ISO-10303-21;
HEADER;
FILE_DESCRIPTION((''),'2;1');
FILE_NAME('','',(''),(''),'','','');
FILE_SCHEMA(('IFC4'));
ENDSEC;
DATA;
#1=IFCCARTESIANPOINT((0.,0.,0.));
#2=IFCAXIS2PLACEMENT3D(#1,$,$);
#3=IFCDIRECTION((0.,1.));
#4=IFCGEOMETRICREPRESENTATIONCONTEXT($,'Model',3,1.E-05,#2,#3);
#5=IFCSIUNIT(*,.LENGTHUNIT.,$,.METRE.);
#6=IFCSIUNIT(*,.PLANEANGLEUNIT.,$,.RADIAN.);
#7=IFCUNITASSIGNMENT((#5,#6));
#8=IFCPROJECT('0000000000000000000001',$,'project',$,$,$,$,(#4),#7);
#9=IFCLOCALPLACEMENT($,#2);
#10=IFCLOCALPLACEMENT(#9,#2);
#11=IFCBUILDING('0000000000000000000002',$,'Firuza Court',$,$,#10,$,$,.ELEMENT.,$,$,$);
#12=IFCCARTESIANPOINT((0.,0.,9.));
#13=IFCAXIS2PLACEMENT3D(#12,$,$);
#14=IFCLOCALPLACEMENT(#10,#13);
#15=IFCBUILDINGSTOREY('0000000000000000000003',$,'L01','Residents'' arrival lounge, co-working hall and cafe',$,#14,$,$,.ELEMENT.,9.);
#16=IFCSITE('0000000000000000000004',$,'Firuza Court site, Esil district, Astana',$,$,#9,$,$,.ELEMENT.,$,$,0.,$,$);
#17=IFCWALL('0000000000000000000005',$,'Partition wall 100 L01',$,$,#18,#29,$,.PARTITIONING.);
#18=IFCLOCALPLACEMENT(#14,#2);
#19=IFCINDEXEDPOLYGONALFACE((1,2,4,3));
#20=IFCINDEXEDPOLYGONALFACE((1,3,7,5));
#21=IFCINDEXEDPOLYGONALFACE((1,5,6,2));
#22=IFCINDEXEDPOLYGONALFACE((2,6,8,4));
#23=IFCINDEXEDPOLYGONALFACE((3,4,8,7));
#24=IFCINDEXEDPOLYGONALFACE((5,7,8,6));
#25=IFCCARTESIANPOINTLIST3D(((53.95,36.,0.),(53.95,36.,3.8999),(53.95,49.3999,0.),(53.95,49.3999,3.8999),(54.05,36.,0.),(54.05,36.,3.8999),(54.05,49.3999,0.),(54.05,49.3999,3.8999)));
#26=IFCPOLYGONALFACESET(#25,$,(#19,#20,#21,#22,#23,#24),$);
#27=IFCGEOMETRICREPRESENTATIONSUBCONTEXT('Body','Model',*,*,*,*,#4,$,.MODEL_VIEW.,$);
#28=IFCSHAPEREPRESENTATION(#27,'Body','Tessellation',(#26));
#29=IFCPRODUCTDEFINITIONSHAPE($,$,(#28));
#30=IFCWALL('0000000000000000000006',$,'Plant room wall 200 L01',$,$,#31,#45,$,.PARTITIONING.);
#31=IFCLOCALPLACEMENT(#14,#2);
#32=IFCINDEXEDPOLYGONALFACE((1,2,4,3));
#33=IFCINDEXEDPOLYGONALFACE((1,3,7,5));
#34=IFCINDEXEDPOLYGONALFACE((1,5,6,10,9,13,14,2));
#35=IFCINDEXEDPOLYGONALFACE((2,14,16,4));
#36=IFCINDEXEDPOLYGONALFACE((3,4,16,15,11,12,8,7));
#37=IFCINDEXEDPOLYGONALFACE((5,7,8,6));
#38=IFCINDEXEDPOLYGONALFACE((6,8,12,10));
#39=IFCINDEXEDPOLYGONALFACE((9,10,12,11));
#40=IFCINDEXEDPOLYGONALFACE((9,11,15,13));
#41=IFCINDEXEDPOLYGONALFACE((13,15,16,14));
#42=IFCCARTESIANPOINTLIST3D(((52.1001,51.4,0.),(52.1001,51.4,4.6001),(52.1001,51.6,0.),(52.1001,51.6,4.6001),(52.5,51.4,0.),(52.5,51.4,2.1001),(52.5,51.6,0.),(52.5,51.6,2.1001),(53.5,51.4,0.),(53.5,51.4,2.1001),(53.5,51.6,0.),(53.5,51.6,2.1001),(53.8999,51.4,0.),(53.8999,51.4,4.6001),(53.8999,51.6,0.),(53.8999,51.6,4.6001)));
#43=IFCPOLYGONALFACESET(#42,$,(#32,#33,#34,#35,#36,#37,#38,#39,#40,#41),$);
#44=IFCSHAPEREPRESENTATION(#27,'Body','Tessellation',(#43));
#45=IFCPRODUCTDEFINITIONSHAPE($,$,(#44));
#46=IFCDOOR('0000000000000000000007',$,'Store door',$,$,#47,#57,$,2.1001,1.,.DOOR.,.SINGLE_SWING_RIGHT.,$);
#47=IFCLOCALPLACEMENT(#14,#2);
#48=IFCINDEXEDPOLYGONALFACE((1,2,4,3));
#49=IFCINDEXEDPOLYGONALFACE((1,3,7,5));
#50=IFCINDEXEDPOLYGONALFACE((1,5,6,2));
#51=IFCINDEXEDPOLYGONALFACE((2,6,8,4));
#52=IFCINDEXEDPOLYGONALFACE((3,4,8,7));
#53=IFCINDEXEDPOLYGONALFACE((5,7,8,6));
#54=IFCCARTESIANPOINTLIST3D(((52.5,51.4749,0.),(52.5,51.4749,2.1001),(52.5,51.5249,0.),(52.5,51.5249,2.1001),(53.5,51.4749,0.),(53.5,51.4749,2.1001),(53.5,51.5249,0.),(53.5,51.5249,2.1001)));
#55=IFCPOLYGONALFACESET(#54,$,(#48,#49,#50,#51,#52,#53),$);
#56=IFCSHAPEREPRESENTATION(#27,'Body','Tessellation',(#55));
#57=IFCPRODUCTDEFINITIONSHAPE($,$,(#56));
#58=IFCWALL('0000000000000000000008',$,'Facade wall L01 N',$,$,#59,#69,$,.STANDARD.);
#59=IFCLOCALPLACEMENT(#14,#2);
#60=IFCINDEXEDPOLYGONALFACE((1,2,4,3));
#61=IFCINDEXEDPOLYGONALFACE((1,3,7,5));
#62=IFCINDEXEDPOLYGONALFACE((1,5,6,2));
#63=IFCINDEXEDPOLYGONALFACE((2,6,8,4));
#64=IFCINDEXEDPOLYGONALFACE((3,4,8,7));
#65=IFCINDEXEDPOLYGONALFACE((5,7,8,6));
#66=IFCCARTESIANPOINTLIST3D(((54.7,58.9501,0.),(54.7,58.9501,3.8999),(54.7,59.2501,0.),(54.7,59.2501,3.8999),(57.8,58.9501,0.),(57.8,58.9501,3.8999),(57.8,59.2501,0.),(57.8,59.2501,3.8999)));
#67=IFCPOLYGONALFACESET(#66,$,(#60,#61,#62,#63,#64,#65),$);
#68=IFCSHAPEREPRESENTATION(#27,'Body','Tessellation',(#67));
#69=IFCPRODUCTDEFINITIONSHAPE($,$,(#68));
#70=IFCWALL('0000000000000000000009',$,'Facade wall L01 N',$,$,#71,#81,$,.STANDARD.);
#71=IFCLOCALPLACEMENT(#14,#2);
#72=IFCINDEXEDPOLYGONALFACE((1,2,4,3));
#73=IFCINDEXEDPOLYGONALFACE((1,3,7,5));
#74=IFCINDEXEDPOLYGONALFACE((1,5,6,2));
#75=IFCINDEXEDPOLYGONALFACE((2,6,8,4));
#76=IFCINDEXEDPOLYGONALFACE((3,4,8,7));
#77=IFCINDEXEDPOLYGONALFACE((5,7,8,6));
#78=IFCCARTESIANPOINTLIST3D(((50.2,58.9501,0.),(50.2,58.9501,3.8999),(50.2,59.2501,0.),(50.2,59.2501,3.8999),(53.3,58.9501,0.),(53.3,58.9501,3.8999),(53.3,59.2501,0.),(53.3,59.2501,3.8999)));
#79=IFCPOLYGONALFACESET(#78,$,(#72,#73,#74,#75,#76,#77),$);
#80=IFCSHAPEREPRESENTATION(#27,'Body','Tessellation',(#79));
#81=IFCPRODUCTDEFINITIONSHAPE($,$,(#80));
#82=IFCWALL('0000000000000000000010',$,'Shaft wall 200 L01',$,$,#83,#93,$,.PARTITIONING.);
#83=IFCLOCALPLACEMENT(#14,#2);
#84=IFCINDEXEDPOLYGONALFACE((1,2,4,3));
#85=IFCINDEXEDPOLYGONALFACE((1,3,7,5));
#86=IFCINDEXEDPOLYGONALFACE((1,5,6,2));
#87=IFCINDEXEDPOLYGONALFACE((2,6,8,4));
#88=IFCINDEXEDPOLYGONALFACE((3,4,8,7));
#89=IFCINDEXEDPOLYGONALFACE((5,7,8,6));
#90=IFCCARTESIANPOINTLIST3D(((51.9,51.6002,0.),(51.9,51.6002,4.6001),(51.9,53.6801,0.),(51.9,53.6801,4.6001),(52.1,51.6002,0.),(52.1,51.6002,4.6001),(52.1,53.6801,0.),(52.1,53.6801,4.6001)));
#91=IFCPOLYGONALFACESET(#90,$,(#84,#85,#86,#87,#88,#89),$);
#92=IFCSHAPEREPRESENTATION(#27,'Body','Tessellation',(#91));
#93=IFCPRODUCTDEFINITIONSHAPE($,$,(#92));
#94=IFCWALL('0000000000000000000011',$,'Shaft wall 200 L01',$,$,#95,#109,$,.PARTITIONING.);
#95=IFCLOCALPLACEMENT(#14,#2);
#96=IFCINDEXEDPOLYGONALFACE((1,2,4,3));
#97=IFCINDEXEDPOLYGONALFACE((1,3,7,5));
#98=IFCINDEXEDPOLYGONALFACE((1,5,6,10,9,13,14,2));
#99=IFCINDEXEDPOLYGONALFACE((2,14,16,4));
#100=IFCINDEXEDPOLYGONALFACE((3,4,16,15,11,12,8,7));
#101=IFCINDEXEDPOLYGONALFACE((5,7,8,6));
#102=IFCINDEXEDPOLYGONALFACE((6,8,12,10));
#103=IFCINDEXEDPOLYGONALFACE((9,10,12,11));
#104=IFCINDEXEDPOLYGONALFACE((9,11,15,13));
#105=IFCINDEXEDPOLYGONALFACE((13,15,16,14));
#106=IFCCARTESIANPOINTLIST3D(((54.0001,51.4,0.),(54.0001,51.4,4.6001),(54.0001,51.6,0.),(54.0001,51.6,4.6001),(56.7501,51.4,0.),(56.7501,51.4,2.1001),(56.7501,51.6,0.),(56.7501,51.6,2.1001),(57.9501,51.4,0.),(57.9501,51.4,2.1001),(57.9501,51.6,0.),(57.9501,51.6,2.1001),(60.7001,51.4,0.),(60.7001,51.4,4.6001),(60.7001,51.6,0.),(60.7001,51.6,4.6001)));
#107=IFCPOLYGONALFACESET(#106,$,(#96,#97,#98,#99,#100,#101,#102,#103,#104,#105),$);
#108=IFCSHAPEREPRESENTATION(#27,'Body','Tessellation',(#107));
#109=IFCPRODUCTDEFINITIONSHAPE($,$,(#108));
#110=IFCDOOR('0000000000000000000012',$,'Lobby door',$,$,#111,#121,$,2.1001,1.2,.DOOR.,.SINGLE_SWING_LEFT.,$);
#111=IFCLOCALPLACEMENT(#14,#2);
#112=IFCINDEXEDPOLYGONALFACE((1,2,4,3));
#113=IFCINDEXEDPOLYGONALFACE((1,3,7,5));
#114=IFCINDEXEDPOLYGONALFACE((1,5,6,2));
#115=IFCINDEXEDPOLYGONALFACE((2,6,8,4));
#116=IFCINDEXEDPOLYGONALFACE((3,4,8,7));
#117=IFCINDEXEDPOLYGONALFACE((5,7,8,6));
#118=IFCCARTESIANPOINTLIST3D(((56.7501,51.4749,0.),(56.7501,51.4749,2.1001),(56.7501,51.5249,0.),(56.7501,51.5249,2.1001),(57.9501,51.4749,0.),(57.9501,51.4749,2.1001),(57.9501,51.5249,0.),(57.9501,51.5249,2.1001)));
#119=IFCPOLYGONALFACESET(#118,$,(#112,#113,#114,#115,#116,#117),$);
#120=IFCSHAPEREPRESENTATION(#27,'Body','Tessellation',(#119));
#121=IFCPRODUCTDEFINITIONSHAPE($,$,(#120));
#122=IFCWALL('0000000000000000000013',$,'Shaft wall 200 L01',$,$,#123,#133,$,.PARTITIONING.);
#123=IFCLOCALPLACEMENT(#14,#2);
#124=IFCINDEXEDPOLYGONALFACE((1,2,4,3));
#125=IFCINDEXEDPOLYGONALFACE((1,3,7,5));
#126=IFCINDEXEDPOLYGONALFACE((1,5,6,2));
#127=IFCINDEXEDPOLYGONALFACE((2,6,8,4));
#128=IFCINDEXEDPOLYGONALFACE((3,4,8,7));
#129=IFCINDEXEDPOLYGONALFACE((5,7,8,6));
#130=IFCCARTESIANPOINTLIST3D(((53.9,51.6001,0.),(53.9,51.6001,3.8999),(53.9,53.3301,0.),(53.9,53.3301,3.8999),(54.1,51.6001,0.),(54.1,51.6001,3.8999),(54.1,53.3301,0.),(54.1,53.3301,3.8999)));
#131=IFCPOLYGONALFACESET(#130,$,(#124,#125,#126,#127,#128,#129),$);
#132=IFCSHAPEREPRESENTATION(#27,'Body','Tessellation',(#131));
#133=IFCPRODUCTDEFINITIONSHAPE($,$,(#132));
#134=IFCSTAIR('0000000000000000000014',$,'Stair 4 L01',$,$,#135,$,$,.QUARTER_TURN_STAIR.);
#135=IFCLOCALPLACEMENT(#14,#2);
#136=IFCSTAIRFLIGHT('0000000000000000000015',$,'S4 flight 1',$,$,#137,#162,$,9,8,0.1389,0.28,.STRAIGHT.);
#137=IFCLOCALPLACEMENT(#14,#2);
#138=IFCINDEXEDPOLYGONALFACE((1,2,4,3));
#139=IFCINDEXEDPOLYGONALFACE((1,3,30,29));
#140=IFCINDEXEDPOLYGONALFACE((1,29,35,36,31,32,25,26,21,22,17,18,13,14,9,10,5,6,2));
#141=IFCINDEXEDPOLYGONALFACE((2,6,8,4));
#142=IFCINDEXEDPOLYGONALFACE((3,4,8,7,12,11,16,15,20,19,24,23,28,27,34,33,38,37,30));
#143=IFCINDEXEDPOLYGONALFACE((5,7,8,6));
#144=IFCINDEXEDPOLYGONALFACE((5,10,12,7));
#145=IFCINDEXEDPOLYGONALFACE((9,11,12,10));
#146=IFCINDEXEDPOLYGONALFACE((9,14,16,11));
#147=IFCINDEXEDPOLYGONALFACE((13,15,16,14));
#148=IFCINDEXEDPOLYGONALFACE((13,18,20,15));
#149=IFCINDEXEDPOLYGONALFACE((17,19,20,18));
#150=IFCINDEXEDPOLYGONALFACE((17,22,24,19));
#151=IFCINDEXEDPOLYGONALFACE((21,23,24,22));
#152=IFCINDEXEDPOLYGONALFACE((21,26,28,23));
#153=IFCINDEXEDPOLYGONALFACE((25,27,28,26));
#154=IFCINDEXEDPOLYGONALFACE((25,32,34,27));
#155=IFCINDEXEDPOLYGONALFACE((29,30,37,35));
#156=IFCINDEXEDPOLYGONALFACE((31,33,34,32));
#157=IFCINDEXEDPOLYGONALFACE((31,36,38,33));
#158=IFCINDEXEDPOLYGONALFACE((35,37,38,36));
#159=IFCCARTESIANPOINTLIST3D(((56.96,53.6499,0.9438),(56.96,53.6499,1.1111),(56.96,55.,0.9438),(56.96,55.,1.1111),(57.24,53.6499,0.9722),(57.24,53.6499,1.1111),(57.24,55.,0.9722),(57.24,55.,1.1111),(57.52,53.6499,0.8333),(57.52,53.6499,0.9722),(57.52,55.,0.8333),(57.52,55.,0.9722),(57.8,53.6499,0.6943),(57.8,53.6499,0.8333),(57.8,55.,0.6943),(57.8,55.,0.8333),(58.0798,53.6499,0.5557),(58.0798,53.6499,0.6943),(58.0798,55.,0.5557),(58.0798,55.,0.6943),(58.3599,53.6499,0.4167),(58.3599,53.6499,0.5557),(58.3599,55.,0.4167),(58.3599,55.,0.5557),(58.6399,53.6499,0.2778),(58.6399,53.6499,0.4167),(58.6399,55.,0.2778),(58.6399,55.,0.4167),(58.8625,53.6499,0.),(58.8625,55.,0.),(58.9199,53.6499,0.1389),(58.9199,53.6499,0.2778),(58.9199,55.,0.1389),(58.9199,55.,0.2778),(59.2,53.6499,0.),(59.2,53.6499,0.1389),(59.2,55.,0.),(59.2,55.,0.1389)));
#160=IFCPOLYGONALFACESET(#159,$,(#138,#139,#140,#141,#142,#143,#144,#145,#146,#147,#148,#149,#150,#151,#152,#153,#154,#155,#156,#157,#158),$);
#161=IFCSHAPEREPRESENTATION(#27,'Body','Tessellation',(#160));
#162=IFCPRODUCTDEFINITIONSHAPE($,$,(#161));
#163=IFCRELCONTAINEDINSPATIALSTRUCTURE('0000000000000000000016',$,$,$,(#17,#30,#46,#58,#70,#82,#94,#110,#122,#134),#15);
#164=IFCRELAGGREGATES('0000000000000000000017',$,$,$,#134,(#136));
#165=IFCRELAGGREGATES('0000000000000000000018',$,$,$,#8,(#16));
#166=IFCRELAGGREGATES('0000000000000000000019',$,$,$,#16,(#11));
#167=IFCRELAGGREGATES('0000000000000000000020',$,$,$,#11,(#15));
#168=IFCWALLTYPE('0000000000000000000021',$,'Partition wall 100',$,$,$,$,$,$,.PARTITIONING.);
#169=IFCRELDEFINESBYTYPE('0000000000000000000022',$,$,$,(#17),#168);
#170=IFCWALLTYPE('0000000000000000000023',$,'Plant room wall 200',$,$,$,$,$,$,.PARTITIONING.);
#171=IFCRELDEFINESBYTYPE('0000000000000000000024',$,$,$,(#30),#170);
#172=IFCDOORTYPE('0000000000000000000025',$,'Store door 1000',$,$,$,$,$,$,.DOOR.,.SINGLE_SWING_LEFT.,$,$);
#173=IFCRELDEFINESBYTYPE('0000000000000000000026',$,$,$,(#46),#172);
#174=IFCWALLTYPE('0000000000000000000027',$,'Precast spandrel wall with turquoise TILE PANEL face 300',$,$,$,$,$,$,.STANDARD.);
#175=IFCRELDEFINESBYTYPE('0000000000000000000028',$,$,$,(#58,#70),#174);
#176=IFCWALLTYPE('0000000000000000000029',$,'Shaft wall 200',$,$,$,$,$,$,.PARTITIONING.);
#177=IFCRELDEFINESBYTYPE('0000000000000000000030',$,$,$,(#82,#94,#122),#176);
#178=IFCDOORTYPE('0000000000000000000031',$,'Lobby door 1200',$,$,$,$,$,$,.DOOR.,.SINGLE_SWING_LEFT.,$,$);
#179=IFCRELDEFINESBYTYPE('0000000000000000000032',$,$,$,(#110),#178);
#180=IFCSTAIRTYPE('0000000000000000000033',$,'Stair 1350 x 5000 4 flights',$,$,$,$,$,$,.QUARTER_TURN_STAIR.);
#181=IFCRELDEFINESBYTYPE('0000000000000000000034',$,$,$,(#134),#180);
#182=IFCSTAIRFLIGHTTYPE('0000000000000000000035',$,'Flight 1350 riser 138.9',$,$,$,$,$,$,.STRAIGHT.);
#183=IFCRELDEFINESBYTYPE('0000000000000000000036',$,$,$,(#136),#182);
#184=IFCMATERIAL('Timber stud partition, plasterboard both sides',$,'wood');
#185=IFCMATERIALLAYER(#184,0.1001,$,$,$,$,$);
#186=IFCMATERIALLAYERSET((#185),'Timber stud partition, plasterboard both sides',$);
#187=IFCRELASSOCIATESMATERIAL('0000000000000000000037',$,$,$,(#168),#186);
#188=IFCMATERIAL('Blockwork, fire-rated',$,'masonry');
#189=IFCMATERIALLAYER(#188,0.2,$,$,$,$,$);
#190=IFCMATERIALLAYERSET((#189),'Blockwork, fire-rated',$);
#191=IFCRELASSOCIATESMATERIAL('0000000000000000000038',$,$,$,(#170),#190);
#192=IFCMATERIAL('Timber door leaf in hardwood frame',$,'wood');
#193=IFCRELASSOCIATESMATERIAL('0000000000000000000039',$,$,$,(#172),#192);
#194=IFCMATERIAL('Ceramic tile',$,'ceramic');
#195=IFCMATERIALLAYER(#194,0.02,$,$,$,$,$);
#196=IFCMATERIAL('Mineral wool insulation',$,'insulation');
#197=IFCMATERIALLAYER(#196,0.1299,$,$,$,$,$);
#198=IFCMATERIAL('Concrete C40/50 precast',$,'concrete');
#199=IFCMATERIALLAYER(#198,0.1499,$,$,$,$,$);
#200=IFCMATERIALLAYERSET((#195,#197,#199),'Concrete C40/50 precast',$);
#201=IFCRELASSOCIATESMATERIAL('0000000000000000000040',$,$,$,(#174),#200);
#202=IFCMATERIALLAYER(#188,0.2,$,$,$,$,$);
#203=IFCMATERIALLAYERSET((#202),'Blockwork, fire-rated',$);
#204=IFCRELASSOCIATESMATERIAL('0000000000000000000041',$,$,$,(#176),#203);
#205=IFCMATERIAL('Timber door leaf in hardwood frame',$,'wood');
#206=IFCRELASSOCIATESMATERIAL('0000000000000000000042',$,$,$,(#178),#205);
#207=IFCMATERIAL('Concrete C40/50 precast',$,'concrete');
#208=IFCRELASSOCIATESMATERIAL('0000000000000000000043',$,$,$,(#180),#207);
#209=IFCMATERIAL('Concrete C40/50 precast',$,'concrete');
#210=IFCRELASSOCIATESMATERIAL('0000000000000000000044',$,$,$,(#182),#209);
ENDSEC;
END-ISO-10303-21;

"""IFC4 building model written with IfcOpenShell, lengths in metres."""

from ifc_helpers import new_model, si_unit, direction, frame, frame_2d, origin, place, context, subcontext, project, spatial, polyline, rectangle, outline, extrude, material, layer, layer_set, type_object, element, fill, aggregate, save


model = new_model("IFC4")

# Units and contexts
model_context = context("Model", 3, precision=1e-05, world=origin(), true_north=direction((0.0, 1.0)))
body_context = subcontext(model_context, "Body", "Model", "MODEL_VIEW")
ifc_project = project(units=[si_unit("LENGTHUNIT", "METRE"), si_unit("PLANEANGLEUNIT", "RADIAN")], contexts=[model_context])

# Site, building, storey
site_placement = place(None, origin())
site = spatial("IfcSite", under=ifc_project, at=site_placement, Name="Firuza Court site, Esil district, Astana", CompositionType="ELEMENT", RefElevation=0.0)
building_placement = place(site_placement, origin())
building = spatial("IfcBuilding", under=site, at=building_placement, Name="Firuza Court", CompositionType="ELEMENT")
storey_placement = place(building_placement, frame((0.0, 0.0, 9.0)))
storey = spatial("IfcBuildingStorey", under=building, at=storey_placement, Name="L01", Description="Residents' arrival lounge, co-working hall and cafe", CompositionType="ELEMENT", Elevation=9.0)

# Wall
ifc_material_1 = material(Name="Timber stud partition, plasterboard both sides", Category="wood")
ifc_layer_1 = layer(ifc_material_1, 0.1001)
ifc_layer_set_1 = layer_set([ifc_layer_1], Name="Timber stud partition, plasterboard both sides")
wall_type_1 = type_object("IfcWallType", Name="Partition wall 100", PredefinedType="PARTITIONING", material=ifc_layer_set_1)
wall_1_placement = place(storey_placement, frame((54.0, 49.3999, 0.0), z_axis=(0.0, 0.0, 1.0), x_axis=(0.0, -1.0, 0.0)))
element("IfcWall", 1, at=wall_1_placement, inside=storey, type_object=wall_type_1, Name="Partition wall 100 L01", PredefinedType="PARTITIONING", context=body_context, shape_type="SweptSolid", body=[
    extrude(rectangle(XDim=13.3999, YDim=0.1001, at=frame_2d((6.7, 0.0))), origin(), (0.0, 0.0, 1.0), 3.8999),
])

# Wall, opening, door
ifc_material_2 = material(Name="Blockwork, fire-rated", Category="masonry")
ifc_layer_2 = layer(ifc_material_2, 0.2)
ifc_layer_set_2 = layer_set([ifc_layer_2], Name="Blockwork, fire-rated")
wall_type_2 = type_object("IfcWallType", Name="Plant room wall 200", PredefinedType="PARTITIONING", material=ifc_layer_set_2)
wall_2_placement = place(storey_placement, frame((53.8999, 51.5, 0.0), z_axis=(0.0, 0.0, 1.0), x_axis=(-1.0, 0.0, 0.0)))
wall_2 = element("IfcWall", 2, at=wall_2_placement, inside=storey, type_object=wall_type_2, Name="Plant room wall 200 L01", PredefinedType="PARTITIONING", context=body_context, shape_type="SweptSolid", body=[
    extrude(rectangle(XDim=1.7998, YDim=0.2, at=frame_2d((0.8999, 0.0))), origin(), (0.0, 0.0, 1.0), 4.6001),
])
opening_1_placement = place(wall_2_placement, frame((0.3999, 0.0, 0.0)))
opening_1 = element("IfcOpeningElement", 3, at=opening_1_placement, cuts=wall_2, PredefinedType="OPENING", context=body_context, shape_type="SweptSolid", body=[
    extrude(rectangle(XDim=1.0, YDim=2.1001, at=frame_2d((0.5, 1.05))), frame((0.0, 0.1118, 0.0), z_axis=(0.0, -1.0, 0.0), x_axis=(1.0, 0.0, 0.0)), (0.0, 0.0, 1.0), 0.2239),
])
ifc_material_3 = material(Name="Timber door leaf in hardwood frame", Category="wood")
door_type_1 = type_object("IfcDoorType", Name="Store door 1000", OperationType="SINGLE_SWING_LEFT", PredefinedType="DOOR", material=ifc_material_3)
door_1_placement = place(opening_1_placement, frame((1.0, 0.0, 0.0), z_axis=(0.0, 0.0, 1.0), x_axis=(-1.0, 0.0, 0.0)))
door_1 = element("IfcDoor", 4, at=door_1_placement, inside=storey, type_object=door_type_1, Name="Store door", OperationType="SINGLE_SWING_RIGHT", OverallHeight=2.1001, OverallWidth=1.0, PredefinedType="DOOR", context=body_context, shape_type="SweptSolid", body=[
    extrude(rectangle(XDim=1.0, YDim=2.1001, at=frame_2d((0.5, 1.05))), frame((0.0, 0.0249, 0.0), z_axis=(0.0, -1.0, 0.0), x_axis=(1.0, 0.0, 0.0)), (0.0, 0.0, 1.0), 0.05),
])
fill(opening_1, door_1)

# Walls
ifc_material_4 = material(Name="Ceramic tile", Category="ceramic")
ifc_layer_3 = layer(ifc_material_4, 0.02)
ifc_material_5 = material(Name="Mineral wool insulation", Category="insulation")
ifc_layer_4 = layer(ifc_material_5, 0.1299)
ifc_material_6 = material(Name="Concrete C40/50 precast", Category="concrete")
ifc_layer_5 = layer(ifc_material_6, 0.1499)
ifc_layer_set_3 = layer_set([ifc_layer_3, ifc_layer_4, ifc_layer_5], Name="Concrete C40/50 precast")
wall_type_3 = type_object("IfcWallType", Name="Precast spandrel wall with turquoise TILE PANEL face 300", PredefinedType="STANDARD", material=ifc_layer_set_3)
for number, where, z_axis, x_axis, name in (
    (5, (57.8, 59.1001, 0.0), (0.0, 0.0, 1.0), (-1.0, 0.0, 0.0), "Facade wall L01 N"),
    (6, (53.3, 59.1001, 0.0), (0.0, 0.0, 1.0), (-1.0, 0.0, 0.0), "Facade wall L01 N"),
):
    element("IfcWall", number, at=place(storey_placement, frame(where, z_axis=z_axis, x_axis=x_axis)), inside=storey, type_object=wall_type_3, Name=name, PredefinedType="STANDARD", context=body_context, shape_type="SweptSolid", body=[
        extrude(rectangle(XDim=3.1001, YDim=0.3, at=frame_2d((1.55, 0.0))), origin(), (0.0, 0.0, 1.0), 3.8999),
    ])
ifc_layer_6 = layer(ifc_material_2, 0.2)
ifc_layer_set_4 = layer_set([ifc_layer_6], Name="Blockwork, fire-rated")
wall_type_4 = type_object("IfcWallType", Name="Shaft wall 200", PredefinedType="PARTITIONING", material=ifc_layer_set_4)
wall_3_placement = place(storey_placement, frame((52.0, 51.6001, 0.0), z_axis=(0.0, 0.0, 1.0), x_axis=(0.0, 1.0, 0.0)))
element("IfcWall", 7, at=wall_3_placement, inside=storey, type_object=wall_type_4, Name="Shaft wall 200 L01", PredefinedType="PARTITIONING", context=body_context, shape_type="SweptSolid", body=[
    extrude(rectangle(XDim=2.0798, YDim=0.2, at=frame_2d((1.04, 0.0))), origin(), (0.0, 0.0, 1.0), 4.6001),
])

# Wall, opening, door
wall_4_placement = place(storey_placement, frame((54.0, 51.5, 0.0), z_axis=(0.0, 0.0, 1.0), x_axis=(1.0, 0.0, 0.0)))
wall_4 = element("IfcWall", 8, at=wall_4_placement, inside=storey, type_object=wall_type_4, Name="Shaft wall 200 L01", PredefinedType="PARTITIONING", context=body_context, shape_type="SweptSolid", body=[
    extrude(rectangle(XDim=6.7, YDim=0.2, at=frame_2d((3.3501, 0.0))), origin(), (0.0, 0.0, 1.0), 4.6001),
])
opening_2_placement = place(wall_4_placement, frame((2.75, 0.0, 0.0)))
opening_2 = element("IfcOpeningElement", 9, at=opening_2_placement, cuts=wall_4, PredefinedType="OPENING", context=body_context, shape_type="SweptSolid", body=[
    extrude(rectangle(XDim=1.2, YDim=2.1001, at=frame_2d((0.6001, 1.05))), frame((0.0, 0.1118, 0.0), z_axis=(0.0, -1.0, 0.0), x_axis=(1.0, 0.0, 0.0)), (0.0, 0.0, 1.0), 0.2239),
])
ifc_material_7 = material(Name="Timber door leaf in hardwood frame", Category="wood")
door_type_2 = type_object("IfcDoorType", Name="Lobby door 1200", OperationType="SINGLE_SWING_LEFT", PredefinedType="DOOR", material=ifc_material_7)
door_2_placement = place(opening_2_placement, origin())
door_2 = element("IfcDoor", 10, at=door_2_placement, inside=storey, type_object=door_type_2, Name="Lobby door", OperationType="SINGLE_SWING_LEFT", OverallHeight=2.1001, OverallWidth=1.2, PredefinedType="DOOR", context=body_context, shape_type="SweptSolid", body=[
    extrude(rectangle(XDim=1.2, YDim=2.1001, at=frame_2d((0.6001, 1.05))), frame((0.0, 0.0249, 0.0), z_axis=(0.0, -1.0, 0.0), x_axis=(1.0, 0.0, 0.0)), (0.0, 0.0, 1.0), 0.05),
])
fill(opening_2, door_2)

# Wall
wall_5_placement = place(storey_placement, frame((54.0, 51.6001, 0.0), z_axis=(0.0, 0.0, 1.0), x_axis=(0.0, 1.0, 0.0)))
element("IfcWall", 11, at=wall_5_placement, inside=storey, type_object=wall_type_4, Name="Shaft wall 200 L01", PredefinedType="PARTITIONING", context=body_context, shape_type="SweptSolid", body=[
    extrude(rectangle(XDim=1.73, YDim=0.2, at=frame_2d((0.865, 0.0))), origin(), (0.0, 0.0, 1.0), 3.8999),
])

# Stair, stair flight
ifc_material_8 = material(Name="Concrete C40/50 precast", Category="concrete")
stair_type = type_object("IfcStairType", Name="Stair 1350 x 5000 4 flights", PredefinedType="QUARTER_TURN_STAIR", material=ifc_material_8)
stair_placement = place(storey_placement, origin())
stair = element("IfcStair", 12, at=stair_placement, inside=storey, type_object=stair_type, Name="Stair 4 L01", PredefinedType="QUARTER_TURN_STAIR")
ifc_material_9 = material(Name="Concrete C40/50 precast", Category="concrete")
stair_flight_type = type_object("IfcStairFlightType", Name="Flight 1350 riser 138.9", PredefinedType="STRAIGHT", material=ifc_material_9)
stair_flight_1_placement = place(storey_placement, frame((59.2, 54.325, 0.0), z_axis=(0.0, 0.0, 1.0), x_axis=(-1.0, 0.0, 0.0)))
stair_flight_1 = element("IfcStairFlight", 13, at=stair_flight_1_placement, type_object=stair_flight_type, Name="S4 flight 1", NumberOfRisers=9, NumberOfTreads=8, PredefinedType="STRAIGHT", RiserHeight=0.1389, TreadLength=0.28, context=body_context, shape_type="SweptSolid", body=[
    extrude(outline(polyline([(0.0, 0.0), (0.0, 0.1389), (0.28, 0.1389), (0.28, 0.2778), (0.5601, 0.2778), (0.5601, 0.4167), (0.8401, 0.4167), (0.8401, 0.5557), (1.1201, 0.5557), (1.1201, 0.6943), (1.3999, 0.6943), (1.3999, 0.8333), (1.6799, 0.8333), (1.6799, 0.9722), (1.96, 0.9722), (1.96, 1.1111), (2.24, 1.1111), (2.24, 1.25), (2.24, 0.9438), (0.3374, 0.0), (0.0, 0.0)])), frame((0.0, 0.675, 0.0), z_axis=(0.0, -1.0, 0.0), x_axis=(1.0, 0.0, 0.0)), (0.0, 0.0, 1.0), 1.3501),
])
aggregate(stair, [stair_flight_1])

save(model, "model.ifc")
